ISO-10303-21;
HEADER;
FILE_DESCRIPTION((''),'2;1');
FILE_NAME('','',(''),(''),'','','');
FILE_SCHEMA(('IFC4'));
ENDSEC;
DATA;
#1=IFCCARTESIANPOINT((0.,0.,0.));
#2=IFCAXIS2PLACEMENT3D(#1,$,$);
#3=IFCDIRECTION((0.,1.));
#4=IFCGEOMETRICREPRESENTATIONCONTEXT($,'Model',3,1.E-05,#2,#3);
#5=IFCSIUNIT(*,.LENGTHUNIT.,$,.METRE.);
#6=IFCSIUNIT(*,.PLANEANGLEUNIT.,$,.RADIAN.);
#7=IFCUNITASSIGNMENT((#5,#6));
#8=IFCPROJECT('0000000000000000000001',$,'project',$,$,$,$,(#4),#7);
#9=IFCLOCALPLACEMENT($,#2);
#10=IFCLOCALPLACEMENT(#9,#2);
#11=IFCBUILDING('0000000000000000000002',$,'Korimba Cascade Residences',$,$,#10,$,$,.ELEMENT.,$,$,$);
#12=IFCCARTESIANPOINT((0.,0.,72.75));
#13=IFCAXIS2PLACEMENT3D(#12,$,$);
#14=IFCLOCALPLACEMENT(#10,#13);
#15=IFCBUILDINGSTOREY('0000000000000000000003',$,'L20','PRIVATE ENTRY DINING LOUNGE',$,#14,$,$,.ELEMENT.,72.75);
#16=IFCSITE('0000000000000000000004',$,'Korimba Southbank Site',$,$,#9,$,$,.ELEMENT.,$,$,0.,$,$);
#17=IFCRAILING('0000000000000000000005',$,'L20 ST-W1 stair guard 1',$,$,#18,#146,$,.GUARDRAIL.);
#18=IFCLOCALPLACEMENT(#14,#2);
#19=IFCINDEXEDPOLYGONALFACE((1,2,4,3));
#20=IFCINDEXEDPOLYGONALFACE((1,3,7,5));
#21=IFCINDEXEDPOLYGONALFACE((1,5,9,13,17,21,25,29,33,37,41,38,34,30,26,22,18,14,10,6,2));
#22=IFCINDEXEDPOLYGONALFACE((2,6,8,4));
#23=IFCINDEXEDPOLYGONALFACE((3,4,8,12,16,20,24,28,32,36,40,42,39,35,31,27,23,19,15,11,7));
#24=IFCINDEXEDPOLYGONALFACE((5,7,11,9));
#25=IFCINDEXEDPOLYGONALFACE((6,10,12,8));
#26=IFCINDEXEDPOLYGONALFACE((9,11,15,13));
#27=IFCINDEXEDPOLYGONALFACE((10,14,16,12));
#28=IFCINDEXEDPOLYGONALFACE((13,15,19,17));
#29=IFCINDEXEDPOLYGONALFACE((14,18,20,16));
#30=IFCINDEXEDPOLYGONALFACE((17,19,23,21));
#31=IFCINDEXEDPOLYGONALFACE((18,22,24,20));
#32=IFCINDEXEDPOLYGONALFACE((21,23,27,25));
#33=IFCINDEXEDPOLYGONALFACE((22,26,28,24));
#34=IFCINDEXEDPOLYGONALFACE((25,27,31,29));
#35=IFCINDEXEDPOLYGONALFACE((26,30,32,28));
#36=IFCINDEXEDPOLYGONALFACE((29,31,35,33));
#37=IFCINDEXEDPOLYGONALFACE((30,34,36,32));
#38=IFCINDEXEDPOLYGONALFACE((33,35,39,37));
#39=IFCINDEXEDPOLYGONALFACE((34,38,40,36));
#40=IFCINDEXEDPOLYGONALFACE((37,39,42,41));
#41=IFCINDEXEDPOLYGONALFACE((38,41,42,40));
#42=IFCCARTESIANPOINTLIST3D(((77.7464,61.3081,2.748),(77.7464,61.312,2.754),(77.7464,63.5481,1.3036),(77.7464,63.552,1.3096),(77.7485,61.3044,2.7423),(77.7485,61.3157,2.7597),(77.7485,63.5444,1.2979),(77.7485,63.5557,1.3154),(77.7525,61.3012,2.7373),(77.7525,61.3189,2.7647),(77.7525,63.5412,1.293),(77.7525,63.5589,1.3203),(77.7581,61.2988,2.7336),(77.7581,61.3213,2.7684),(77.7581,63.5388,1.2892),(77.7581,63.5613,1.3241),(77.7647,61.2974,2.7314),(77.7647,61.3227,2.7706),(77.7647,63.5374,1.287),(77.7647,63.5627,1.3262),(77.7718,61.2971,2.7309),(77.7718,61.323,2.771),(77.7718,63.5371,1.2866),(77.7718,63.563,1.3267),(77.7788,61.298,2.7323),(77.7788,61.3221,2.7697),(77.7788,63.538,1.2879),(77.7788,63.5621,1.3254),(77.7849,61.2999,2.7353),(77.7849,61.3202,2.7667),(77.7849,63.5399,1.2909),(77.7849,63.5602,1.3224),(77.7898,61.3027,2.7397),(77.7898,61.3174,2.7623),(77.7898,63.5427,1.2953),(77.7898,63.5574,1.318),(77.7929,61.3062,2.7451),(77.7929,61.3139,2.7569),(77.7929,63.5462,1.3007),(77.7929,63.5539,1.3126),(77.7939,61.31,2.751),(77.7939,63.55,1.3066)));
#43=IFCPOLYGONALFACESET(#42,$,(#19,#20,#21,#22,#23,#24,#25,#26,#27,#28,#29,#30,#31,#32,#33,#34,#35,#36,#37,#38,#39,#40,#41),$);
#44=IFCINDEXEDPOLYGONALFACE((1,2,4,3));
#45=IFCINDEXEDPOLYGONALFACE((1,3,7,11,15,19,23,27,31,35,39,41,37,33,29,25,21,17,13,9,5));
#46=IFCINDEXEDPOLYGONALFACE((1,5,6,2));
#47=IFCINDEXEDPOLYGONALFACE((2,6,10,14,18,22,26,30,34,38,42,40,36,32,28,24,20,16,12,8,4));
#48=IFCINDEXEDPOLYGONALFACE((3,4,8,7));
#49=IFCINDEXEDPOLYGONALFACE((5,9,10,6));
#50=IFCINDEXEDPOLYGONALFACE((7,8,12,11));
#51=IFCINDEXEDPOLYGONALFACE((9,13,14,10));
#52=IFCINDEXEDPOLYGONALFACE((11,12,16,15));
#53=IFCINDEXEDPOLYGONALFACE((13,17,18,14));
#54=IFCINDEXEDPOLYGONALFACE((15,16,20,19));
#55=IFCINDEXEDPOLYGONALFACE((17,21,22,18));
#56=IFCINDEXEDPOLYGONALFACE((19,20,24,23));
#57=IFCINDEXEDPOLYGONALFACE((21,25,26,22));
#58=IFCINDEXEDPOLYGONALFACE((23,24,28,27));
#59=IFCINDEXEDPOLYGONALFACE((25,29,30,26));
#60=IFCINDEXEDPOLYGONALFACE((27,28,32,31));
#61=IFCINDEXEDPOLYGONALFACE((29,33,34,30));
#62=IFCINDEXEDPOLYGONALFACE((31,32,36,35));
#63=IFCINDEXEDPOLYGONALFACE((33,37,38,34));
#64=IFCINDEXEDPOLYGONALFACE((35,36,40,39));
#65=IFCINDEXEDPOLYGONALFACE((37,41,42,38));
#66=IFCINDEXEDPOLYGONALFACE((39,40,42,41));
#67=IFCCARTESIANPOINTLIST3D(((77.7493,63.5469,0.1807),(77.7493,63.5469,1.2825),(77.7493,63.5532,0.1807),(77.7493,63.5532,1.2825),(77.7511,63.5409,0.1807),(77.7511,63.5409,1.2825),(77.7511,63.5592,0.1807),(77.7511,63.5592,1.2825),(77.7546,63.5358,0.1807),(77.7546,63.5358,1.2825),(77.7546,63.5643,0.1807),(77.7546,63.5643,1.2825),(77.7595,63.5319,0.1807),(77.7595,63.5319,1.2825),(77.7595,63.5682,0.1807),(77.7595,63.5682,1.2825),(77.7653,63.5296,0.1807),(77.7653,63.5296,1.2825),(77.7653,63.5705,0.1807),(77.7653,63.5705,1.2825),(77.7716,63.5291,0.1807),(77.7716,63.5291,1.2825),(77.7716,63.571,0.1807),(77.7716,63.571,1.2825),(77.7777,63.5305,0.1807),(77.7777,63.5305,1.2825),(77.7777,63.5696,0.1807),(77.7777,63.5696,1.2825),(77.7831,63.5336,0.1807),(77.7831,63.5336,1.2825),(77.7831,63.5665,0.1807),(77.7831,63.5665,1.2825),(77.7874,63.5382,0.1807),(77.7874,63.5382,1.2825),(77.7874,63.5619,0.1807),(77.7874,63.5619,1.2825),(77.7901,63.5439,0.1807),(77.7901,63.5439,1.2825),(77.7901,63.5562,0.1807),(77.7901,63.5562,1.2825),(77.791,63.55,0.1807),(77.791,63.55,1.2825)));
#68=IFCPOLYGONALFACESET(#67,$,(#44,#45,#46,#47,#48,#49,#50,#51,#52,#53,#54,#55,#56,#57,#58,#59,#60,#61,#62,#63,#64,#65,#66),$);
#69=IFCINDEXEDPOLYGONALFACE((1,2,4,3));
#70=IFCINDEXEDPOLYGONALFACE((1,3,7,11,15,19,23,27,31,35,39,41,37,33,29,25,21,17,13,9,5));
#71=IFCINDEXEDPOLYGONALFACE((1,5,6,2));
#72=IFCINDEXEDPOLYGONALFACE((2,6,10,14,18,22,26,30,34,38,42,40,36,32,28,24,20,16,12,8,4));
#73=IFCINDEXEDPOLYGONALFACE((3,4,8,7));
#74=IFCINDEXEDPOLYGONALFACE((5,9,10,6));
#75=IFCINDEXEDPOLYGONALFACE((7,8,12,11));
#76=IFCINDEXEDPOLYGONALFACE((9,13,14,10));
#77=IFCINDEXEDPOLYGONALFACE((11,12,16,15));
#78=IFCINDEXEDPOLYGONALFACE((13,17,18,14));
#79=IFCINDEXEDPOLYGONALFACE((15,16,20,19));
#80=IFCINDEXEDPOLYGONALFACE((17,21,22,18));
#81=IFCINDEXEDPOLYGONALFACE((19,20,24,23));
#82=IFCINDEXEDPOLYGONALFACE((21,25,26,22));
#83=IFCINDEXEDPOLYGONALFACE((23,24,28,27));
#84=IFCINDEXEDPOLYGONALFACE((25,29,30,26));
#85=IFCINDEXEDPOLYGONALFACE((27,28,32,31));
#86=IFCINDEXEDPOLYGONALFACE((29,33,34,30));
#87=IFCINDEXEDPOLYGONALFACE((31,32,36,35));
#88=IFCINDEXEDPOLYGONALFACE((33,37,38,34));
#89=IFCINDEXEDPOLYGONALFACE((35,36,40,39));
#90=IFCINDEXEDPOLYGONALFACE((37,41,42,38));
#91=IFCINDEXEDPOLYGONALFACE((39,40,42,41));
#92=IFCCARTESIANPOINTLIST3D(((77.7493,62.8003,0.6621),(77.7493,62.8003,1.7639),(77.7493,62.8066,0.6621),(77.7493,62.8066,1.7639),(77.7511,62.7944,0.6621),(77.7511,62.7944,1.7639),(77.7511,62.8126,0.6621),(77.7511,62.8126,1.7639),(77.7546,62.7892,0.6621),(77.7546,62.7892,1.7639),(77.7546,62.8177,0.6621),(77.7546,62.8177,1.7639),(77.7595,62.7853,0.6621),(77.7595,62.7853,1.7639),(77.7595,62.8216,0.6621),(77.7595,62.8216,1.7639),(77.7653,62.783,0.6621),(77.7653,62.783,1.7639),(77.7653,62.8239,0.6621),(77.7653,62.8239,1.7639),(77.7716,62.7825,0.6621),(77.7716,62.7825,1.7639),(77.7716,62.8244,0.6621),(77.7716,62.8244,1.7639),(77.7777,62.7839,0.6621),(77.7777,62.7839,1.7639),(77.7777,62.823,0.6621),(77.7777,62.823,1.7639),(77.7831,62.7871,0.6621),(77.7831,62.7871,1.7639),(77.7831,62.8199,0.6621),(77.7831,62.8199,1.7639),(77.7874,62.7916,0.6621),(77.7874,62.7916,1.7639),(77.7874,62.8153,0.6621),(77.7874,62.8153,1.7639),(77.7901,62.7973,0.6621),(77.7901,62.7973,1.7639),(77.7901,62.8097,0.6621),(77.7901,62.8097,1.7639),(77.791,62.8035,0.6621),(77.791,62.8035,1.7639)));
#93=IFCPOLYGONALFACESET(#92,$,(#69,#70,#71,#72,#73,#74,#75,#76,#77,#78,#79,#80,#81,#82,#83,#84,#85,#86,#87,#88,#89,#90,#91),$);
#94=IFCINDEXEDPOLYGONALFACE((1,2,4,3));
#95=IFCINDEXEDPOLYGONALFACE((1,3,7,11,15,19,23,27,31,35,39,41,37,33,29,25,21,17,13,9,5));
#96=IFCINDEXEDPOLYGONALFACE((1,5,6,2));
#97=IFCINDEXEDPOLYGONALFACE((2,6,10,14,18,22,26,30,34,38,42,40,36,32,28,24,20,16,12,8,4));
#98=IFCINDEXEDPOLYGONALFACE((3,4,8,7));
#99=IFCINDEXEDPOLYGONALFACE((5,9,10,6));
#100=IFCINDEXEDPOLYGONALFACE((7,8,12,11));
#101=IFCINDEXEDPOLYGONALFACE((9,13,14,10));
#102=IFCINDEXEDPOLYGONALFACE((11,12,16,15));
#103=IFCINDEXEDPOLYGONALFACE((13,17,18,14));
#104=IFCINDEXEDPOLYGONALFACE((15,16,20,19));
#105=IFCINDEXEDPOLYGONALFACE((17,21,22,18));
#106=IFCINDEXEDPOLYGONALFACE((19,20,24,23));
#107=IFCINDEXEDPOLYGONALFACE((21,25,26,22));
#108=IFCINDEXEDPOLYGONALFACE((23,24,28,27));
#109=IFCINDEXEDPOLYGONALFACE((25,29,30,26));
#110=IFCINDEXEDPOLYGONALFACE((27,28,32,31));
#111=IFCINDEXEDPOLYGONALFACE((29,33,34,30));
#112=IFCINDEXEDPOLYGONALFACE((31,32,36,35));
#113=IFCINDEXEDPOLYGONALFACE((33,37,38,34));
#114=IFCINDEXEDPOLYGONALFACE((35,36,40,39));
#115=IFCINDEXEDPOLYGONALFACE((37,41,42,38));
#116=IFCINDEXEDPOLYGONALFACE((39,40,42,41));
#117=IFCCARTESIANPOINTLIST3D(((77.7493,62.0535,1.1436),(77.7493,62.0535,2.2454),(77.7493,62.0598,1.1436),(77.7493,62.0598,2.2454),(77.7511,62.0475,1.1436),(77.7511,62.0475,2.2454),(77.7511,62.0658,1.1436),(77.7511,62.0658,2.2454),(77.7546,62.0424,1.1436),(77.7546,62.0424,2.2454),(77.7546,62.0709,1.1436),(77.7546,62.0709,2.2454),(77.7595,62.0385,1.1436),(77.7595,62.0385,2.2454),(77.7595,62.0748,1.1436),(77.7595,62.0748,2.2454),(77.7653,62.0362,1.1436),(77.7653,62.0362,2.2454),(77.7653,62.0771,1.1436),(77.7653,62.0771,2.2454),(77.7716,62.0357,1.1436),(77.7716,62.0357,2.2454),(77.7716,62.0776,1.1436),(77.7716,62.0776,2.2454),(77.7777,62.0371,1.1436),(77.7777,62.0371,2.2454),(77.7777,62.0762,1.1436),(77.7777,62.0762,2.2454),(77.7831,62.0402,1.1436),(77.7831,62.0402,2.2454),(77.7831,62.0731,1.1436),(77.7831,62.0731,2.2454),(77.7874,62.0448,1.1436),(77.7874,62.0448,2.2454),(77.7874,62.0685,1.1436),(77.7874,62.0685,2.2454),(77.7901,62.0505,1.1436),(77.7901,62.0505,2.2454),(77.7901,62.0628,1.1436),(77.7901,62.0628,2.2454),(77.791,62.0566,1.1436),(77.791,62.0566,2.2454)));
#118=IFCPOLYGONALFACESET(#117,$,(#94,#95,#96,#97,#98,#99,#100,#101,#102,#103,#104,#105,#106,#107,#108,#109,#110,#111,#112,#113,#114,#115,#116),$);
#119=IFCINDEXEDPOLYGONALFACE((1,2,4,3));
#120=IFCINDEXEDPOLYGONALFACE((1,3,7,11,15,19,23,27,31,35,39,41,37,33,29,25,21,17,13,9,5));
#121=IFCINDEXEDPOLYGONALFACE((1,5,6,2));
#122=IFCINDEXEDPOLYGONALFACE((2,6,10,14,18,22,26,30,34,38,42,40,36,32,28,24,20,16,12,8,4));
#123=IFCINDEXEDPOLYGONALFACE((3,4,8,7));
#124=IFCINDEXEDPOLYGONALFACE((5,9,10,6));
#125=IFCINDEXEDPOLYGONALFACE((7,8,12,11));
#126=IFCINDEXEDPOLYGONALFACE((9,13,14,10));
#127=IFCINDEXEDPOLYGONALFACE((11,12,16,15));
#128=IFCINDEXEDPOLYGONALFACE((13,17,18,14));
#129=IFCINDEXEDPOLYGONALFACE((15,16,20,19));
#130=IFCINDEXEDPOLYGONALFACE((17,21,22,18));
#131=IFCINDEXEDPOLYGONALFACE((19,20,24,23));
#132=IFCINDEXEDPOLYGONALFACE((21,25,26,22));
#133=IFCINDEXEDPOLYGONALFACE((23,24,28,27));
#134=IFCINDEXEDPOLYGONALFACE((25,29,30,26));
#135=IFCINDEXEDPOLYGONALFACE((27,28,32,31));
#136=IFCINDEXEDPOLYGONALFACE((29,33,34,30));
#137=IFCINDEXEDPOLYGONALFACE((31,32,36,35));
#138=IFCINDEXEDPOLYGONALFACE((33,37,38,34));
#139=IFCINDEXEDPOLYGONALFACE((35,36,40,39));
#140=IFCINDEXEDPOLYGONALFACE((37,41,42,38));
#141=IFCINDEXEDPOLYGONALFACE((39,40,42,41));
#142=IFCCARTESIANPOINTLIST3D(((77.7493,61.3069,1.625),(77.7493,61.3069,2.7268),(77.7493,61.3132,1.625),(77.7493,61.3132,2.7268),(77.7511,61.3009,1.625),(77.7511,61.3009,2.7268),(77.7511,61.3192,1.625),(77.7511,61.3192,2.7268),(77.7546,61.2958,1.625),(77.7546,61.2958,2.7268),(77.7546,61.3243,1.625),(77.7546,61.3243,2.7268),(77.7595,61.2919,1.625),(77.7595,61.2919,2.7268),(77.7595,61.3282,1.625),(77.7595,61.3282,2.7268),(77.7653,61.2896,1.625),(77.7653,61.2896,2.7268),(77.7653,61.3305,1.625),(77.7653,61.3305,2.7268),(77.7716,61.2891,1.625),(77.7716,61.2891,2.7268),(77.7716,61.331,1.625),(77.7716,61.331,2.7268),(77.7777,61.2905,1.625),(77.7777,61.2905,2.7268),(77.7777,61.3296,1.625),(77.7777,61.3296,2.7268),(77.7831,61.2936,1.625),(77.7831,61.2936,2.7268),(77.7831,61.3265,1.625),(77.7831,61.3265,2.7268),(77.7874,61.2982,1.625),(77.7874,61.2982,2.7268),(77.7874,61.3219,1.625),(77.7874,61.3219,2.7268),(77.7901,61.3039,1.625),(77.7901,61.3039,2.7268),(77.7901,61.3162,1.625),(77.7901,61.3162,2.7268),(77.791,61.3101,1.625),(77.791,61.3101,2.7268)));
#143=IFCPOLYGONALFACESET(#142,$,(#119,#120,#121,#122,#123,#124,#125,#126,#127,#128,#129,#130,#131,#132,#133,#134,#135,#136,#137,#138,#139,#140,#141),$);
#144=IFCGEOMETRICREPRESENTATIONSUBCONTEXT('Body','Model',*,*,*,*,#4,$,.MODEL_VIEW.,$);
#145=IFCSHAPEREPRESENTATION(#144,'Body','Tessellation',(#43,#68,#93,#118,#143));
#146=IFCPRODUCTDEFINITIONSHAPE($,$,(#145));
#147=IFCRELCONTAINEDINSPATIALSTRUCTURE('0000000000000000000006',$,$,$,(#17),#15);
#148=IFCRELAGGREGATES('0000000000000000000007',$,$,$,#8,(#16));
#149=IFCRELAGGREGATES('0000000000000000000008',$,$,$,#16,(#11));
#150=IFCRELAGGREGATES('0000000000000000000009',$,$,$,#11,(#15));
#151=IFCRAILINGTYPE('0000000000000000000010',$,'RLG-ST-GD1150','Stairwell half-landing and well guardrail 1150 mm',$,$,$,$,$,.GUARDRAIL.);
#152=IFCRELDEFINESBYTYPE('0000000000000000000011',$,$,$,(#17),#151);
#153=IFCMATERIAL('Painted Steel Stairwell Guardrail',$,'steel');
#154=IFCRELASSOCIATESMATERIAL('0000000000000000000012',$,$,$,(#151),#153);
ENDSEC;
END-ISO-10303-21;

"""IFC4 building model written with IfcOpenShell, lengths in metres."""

from ifc_helpers import new_model, si_unit, direction, frame, origin, origin_2d, place, context, subcontext, project, spatial, circle, extrude, material, type_object, element, save


model = new_model("IFC4")

# Units and contexts
model_context = context("Model", 3, precision=1e-05, world=origin(), true_north=direction((0.0, 1.0)))
body_context = subcontext(model_context, "Body", "Model", "MODEL_VIEW")
ifc_project = project(units=[si_unit("LENGTHUNIT", "METRE"), si_unit("PLANEANGLEUNIT", "RADIAN")], contexts=[model_context])

# Site, building, storey
site_placement = place(None, origin())
site = spatial("IfcSite", under=ifc_project, at=site_placement, Name="Korimba Southbank Site", CompositionType="ELEMENT", RefElevation=0.0)
building_placement = place(site_placement, origin())
building = spatial("IfcBuilding", under=site, at=building_placement, Name="Korimba Cascade Residences", CompositionType="ELEMENT")
storey_placement = place(building_placement, frame((0.0, 0.0, 72.75)))
storey = spatial("IfcBuildingStorey", under=building, at=storey_placement, Name="L20", Description="PRIVATE ENTRY DINING LOUNGE", CompositionType="ELEMENT", Elevation=72.75)

# Railing
ifc_material_1 = material(Name="Painted Steel Stairwell Guardrail", Category="steel")
railing_type_1 = type_object("IfcRailingType", Name="RLG-ST-GD1150", Description="Stairwell half-landing and well guardrail 1150 mm", PredefinedType="GUARDRAIL", material=ifc_material_1)
railing_1_placement = place(storey_placement, frame((77.77, 63.55, 0.1807)))
element("IfcRailing", 1, at=railing_1_placement, inside=storey, type_object=railing_type_1, Name="L20 ST-W1 stair guard 1", PredefinedType="GUARDRAIL", context=body_context, shape_type="SweptSolid", body=[
    extrude(circle(Radius=0.0239, at=origin_2d()), frame((0.0, 0.0, 1.126), z_axis=(0.0, -0.840437, 0.54191), x_axis=(1.0, 0.0, 0.0)), (0.0, 0.0, 1.0), 2.6653),
    extrude(circle(Radius=0.021, at=origin_2d()), origin(), (0.0, 0.0, 1.0), 1.1018),
    extrude(circle(Radius=0.021, at=origin_2d()), frame((0.0, -0.7466, 0.4814)), (0.0, 0.0, 1.0), 1.1018),
    extrude(circle(Radius=0.021, at=origin_2d()), frame((0.0, -1.4934, 0.9629)), (0.0, 0.0, 1.0), 1.1018),
    extrude(circle(Radius=0.021, at=origin_2d()), frame((0.0, -2.24, 1.4443)), (0.0, 0.0, 1.0), 1.1018),
])

save(model, "model.ifc")
